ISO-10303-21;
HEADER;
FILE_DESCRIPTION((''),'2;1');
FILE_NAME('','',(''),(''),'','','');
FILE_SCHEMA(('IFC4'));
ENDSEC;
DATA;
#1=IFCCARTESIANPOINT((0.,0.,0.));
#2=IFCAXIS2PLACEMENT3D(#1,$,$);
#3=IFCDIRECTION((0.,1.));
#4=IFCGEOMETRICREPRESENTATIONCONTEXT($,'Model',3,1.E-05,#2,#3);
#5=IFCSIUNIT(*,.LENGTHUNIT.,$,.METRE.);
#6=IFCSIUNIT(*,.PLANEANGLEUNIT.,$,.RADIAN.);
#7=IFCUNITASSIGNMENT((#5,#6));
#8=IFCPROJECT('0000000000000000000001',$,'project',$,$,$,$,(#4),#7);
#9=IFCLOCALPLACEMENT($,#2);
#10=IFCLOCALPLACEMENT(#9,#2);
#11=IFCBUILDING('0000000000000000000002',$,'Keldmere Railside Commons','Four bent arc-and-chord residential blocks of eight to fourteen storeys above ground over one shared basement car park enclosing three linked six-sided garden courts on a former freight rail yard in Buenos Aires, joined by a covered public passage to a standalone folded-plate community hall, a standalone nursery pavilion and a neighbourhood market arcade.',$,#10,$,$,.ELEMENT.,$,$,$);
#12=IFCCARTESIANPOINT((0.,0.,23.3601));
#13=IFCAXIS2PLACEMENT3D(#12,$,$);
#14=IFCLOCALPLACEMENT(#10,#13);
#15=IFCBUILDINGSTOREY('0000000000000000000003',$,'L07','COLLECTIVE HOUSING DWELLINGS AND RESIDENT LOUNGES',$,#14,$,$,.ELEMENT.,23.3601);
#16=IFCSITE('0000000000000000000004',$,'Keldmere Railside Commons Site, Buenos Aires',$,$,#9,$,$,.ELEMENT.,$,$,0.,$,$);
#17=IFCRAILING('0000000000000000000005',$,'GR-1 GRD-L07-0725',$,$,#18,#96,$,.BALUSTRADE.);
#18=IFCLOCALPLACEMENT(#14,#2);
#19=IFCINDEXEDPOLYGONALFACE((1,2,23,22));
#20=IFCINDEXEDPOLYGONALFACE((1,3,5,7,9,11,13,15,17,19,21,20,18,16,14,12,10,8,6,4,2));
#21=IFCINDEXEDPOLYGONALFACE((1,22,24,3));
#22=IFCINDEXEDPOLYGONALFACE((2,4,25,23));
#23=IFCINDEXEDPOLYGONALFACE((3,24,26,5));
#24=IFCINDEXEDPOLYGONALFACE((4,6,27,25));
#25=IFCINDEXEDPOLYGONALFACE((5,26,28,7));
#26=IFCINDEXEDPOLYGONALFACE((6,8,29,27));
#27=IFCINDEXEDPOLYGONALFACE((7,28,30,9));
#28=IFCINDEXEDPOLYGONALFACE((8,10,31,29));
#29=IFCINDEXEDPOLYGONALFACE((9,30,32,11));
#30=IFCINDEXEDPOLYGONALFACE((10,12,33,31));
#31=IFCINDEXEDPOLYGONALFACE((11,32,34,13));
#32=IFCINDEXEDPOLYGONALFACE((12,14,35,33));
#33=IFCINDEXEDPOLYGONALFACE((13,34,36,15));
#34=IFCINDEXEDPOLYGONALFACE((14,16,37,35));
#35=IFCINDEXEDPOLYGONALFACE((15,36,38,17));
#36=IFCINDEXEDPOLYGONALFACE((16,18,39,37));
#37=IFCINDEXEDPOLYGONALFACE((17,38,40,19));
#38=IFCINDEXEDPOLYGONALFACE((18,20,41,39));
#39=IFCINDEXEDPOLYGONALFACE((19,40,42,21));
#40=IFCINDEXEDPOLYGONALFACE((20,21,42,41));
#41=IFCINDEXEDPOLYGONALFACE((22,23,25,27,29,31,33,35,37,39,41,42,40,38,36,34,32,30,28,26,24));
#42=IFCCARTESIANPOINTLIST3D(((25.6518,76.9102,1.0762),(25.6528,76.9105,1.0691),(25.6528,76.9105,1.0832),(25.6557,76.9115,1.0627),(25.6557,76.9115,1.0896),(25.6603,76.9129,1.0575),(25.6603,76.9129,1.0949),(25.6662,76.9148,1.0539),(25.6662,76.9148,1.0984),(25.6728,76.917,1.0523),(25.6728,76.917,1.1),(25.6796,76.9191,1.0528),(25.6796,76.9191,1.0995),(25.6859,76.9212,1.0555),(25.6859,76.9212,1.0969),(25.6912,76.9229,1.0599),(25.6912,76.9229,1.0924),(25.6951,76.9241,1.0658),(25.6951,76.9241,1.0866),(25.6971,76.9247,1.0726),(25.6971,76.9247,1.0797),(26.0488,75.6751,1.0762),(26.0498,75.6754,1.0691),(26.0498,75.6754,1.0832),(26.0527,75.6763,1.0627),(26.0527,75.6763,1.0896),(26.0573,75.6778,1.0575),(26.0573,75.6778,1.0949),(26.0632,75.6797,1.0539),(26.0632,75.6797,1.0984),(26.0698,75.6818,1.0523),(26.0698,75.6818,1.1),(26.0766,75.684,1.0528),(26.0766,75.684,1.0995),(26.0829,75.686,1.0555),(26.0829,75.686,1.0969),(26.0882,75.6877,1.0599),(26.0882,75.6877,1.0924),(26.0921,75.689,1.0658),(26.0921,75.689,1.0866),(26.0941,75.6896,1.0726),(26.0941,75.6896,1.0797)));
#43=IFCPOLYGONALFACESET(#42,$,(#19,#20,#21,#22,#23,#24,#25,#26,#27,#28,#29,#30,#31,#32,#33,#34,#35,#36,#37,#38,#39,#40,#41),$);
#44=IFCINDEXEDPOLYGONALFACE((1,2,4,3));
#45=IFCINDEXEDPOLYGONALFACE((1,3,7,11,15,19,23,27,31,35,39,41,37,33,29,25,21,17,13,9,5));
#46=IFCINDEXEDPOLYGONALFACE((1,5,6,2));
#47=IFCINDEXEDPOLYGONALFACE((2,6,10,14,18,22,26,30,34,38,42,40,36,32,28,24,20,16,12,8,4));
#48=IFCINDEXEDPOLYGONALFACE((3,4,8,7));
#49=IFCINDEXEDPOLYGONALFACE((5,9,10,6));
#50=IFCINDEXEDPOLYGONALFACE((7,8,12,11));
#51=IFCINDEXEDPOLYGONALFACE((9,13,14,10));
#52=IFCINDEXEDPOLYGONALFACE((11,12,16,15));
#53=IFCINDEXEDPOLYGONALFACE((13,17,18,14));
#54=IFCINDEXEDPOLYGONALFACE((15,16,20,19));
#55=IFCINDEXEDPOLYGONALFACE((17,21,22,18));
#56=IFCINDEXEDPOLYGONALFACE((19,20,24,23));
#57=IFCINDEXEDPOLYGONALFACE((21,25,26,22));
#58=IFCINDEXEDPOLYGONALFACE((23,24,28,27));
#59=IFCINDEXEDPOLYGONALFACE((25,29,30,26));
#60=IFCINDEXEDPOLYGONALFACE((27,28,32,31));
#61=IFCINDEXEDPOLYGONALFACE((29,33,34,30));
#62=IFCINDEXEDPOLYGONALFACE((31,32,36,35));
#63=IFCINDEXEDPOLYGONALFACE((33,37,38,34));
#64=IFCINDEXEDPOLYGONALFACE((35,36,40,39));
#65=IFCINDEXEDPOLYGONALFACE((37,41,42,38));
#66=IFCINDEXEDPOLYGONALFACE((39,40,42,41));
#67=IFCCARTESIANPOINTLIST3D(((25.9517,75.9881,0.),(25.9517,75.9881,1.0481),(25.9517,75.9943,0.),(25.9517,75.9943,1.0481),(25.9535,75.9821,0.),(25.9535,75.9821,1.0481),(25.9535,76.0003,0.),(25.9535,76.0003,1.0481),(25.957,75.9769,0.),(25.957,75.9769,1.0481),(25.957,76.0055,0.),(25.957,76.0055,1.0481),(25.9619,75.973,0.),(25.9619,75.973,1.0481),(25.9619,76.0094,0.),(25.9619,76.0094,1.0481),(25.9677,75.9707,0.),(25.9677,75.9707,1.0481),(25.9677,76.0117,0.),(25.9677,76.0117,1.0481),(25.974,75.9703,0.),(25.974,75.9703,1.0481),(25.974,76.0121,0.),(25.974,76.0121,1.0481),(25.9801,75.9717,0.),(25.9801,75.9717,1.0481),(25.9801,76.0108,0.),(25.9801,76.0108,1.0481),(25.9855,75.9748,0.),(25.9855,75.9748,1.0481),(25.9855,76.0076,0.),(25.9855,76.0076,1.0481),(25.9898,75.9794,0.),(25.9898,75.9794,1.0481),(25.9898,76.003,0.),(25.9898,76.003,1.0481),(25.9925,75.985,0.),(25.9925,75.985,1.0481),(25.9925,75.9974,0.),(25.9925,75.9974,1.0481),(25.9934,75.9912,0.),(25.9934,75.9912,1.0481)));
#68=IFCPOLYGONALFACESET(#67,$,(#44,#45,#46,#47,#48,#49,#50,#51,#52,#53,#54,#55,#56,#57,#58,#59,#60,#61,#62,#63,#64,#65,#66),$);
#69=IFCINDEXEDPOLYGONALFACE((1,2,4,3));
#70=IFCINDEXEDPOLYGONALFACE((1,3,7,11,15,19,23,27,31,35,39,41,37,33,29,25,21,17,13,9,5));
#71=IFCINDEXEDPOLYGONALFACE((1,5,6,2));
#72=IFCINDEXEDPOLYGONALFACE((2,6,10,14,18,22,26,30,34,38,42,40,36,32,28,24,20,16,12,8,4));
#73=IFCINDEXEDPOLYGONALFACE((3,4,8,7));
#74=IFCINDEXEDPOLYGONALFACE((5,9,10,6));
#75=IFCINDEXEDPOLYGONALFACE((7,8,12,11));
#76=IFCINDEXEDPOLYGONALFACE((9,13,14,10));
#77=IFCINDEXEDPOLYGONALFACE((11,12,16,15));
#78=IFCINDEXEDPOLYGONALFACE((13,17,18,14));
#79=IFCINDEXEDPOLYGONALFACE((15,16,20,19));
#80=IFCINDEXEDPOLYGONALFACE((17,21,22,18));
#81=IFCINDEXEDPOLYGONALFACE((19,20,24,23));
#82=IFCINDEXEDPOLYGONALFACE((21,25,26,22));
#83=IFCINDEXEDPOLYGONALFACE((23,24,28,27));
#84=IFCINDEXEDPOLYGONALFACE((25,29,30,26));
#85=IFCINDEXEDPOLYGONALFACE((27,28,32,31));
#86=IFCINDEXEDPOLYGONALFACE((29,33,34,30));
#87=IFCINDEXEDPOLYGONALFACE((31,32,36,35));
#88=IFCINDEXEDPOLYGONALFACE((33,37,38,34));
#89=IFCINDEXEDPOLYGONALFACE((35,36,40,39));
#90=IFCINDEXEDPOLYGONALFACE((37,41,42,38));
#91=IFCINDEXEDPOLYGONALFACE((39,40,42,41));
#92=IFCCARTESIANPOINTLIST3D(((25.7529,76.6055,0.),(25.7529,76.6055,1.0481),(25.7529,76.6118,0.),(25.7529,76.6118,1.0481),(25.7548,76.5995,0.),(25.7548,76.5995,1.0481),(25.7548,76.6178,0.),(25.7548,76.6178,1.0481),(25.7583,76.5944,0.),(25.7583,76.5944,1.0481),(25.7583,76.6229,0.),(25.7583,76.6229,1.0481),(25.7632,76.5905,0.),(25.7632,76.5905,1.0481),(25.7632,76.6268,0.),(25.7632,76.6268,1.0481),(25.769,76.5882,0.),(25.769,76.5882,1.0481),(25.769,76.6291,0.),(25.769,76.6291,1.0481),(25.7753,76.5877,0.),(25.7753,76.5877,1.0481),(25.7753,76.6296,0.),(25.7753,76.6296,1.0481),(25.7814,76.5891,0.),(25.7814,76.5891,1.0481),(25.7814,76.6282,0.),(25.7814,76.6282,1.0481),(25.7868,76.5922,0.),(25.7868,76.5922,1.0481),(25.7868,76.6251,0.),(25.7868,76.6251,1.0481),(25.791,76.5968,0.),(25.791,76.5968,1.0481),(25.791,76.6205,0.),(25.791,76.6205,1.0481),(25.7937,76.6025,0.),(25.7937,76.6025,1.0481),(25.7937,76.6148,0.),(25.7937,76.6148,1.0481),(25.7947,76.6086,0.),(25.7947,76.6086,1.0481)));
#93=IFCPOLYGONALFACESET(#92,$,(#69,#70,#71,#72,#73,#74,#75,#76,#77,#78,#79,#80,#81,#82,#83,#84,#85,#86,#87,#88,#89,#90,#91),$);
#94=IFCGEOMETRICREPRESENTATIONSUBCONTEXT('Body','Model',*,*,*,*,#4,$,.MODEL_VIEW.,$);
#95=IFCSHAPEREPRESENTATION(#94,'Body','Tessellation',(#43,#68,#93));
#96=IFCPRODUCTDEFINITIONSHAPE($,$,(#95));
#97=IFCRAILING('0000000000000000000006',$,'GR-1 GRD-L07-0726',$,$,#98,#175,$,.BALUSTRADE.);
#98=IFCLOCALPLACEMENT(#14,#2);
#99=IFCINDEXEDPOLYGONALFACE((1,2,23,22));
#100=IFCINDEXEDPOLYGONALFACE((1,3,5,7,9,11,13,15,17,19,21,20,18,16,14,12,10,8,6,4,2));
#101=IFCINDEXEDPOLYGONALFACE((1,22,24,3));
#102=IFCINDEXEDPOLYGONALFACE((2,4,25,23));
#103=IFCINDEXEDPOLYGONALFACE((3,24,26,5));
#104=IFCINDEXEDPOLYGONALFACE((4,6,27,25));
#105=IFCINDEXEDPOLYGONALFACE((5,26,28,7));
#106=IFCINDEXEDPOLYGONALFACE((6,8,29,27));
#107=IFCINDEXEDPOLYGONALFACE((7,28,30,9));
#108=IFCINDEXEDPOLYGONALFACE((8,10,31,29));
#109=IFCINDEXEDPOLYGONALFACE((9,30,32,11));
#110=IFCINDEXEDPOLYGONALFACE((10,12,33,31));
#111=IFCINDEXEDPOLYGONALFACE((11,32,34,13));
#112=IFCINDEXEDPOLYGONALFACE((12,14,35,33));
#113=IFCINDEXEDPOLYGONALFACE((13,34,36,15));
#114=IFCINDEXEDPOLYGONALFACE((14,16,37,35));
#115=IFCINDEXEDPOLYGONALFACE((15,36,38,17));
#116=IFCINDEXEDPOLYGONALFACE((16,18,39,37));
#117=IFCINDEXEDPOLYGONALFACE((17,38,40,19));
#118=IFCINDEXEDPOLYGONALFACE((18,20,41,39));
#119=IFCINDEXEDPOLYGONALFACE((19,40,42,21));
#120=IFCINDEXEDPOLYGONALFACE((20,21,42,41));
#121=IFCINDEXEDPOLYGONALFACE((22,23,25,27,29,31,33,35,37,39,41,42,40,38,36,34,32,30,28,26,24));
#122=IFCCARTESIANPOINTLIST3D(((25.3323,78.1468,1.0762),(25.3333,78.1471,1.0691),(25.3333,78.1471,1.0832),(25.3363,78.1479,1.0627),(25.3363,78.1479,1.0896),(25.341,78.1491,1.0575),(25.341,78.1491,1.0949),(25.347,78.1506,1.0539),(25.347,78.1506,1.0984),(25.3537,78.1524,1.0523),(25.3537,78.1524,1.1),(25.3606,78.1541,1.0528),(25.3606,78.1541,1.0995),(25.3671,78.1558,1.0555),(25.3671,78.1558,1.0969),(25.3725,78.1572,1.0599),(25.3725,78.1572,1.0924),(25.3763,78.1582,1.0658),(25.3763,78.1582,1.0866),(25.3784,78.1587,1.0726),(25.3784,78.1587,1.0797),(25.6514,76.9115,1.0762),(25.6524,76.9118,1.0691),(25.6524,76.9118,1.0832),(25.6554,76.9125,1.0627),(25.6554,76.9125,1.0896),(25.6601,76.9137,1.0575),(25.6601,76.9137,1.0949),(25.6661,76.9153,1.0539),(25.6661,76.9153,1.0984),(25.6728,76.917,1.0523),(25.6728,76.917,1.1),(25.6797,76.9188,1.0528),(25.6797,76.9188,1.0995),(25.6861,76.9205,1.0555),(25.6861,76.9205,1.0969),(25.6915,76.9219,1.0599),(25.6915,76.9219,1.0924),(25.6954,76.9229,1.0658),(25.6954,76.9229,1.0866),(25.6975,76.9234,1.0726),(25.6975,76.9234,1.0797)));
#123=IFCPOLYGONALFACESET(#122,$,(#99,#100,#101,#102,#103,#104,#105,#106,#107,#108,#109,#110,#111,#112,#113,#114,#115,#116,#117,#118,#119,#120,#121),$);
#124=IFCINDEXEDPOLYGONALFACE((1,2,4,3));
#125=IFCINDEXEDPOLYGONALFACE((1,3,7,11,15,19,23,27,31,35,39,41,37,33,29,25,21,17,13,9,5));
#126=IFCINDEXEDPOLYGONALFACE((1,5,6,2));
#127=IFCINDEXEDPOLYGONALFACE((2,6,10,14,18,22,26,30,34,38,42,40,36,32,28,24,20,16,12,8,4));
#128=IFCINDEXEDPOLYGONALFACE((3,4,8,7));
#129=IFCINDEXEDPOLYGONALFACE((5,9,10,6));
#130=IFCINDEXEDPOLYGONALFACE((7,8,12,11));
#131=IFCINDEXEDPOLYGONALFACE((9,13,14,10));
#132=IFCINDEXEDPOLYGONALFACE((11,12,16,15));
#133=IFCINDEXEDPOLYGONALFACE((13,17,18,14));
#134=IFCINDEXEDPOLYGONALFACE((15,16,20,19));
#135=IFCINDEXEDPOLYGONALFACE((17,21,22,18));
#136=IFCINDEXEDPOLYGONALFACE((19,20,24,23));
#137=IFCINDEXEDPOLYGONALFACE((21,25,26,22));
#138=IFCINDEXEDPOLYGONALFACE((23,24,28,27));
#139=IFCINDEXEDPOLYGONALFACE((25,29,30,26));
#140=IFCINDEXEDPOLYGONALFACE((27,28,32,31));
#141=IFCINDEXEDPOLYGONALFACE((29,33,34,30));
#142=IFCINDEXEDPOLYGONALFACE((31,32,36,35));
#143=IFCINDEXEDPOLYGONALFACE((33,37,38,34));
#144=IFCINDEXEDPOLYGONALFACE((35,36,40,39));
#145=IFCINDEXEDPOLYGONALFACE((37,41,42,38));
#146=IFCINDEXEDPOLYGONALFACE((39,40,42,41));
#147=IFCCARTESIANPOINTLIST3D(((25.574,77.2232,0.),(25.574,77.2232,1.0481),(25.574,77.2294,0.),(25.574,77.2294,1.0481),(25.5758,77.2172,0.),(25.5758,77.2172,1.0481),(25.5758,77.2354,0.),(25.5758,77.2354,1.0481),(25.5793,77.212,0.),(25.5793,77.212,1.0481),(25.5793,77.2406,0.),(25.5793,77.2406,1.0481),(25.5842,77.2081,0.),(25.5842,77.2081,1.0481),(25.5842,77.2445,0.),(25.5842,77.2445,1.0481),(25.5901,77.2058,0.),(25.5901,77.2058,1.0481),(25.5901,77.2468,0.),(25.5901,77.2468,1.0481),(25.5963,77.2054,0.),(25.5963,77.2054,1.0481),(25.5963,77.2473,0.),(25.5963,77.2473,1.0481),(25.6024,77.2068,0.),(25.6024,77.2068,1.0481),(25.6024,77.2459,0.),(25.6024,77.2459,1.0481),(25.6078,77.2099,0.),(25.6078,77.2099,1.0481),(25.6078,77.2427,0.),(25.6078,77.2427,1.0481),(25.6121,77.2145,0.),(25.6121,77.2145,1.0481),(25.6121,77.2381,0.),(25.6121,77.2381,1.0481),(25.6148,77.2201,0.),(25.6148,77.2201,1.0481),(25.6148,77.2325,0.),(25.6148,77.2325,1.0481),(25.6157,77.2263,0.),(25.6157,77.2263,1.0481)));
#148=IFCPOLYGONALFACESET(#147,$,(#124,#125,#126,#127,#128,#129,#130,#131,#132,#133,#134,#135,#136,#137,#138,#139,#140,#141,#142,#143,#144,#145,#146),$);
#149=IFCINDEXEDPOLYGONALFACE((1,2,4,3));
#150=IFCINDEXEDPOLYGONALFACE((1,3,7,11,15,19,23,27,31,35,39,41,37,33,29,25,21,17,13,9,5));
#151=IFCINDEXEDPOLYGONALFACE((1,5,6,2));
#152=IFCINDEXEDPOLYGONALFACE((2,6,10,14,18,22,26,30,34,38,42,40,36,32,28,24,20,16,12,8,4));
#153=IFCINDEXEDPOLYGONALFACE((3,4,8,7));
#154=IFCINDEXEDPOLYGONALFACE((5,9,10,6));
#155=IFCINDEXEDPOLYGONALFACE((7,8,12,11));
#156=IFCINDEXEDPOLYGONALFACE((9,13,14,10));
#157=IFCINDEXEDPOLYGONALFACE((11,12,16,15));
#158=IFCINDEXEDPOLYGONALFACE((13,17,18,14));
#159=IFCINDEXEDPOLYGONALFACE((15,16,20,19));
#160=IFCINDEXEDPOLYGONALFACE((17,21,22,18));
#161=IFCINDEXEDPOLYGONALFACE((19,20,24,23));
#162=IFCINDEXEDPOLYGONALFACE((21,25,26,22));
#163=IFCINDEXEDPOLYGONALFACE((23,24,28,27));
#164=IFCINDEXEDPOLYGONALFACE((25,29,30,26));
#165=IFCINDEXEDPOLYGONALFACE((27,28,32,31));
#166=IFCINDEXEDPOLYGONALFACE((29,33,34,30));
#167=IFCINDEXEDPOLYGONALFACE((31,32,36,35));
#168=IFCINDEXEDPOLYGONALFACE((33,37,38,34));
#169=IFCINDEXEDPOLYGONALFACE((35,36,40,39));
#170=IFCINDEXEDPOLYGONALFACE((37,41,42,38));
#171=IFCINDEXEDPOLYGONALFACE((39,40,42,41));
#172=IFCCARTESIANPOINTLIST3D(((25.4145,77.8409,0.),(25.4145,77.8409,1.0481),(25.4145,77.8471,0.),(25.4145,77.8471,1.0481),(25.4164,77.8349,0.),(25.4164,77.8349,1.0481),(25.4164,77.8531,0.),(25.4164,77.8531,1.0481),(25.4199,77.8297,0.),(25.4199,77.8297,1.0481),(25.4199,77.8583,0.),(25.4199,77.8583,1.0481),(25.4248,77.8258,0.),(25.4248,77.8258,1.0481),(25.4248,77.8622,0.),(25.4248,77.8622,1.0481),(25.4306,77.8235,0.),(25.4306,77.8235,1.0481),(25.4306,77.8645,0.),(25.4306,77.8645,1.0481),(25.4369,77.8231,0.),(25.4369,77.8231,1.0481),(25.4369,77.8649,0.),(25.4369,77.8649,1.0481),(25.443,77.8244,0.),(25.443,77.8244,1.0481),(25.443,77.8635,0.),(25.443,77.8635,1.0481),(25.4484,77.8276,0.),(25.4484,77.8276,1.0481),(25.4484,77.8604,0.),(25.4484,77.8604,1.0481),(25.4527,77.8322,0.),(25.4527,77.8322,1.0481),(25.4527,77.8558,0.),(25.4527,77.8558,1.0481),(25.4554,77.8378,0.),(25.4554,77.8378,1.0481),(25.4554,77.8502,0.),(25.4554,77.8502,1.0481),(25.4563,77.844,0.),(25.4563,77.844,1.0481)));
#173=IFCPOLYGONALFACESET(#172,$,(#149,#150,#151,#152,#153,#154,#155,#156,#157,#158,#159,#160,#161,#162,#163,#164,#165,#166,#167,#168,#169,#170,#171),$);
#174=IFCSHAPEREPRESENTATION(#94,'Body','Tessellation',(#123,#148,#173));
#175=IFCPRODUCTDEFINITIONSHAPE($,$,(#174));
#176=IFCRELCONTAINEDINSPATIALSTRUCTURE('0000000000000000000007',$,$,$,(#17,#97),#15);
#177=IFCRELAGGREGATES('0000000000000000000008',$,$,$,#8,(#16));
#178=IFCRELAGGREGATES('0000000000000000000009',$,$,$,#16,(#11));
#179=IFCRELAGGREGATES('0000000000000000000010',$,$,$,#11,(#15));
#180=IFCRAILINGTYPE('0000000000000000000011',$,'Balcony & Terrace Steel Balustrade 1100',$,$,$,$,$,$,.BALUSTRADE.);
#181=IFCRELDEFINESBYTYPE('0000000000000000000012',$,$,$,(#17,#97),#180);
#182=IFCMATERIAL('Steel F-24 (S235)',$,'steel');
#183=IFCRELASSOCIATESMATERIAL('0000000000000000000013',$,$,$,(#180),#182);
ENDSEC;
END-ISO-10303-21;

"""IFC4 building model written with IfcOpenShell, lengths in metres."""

from ifc_helpers import new_model, si_unit, direction, frame, origin, origin_2d, place, context, subcontext, project, spatial, circle, extrude, material, type_object, element, save


model = new_model("IFC4")

# Units and contexts
model_context = context("Model", 3, precision=1e-05, world=origin(), true_north=direction((0.0, 1.0)))
body_context = subcontext(model_context, "Body", "Model", "MODEL_VIEW")
ifc_project = project(units=[si_unit("LENGTHUNIT", "METRE"), si_unit("PLANEANGLEUNIT", "RADIAN")], contexts=[model_context])

# Site, building, storey
site_placement = place(None, origin())
site = spatial("IfcSite", under=ifc_project, at=site_placement, Name="Keldmere Railside Commons Site, Buenos Aires", CompositionType="ELEMENT", RefElevation=0.0)
building_placement = place(site_placement, origin())
building = spatial("IfcBuilding", under=site, at=building_placement, Name="Keldmere Railside Commons", Description="Four bent arc-and-chord residential blocks of eight to fourteen storeys above ground over one shared basement car park enclosing three linked six-sided garden courts on a former freight rail yard in Buenos Aires, joined by a covered public passage to a standalone folded-plate community hall, a standalone nursery pavilion and a neighbourhood market arcade.", CompositionType="ELEMENT")
storey_placement = place(building_placement, frame((0.0, 0.0, 23.3601)))
storey = spatial("IfcBuildingStorey", under=building, at=storey_placement, Name="L07", Description="COLLECTIVE HOUSING DWELLINGS AND RESIDENT LOUNGES", CompositionType="ELEMENT", Elevation=23.3601)

# Railings
ifc_material = material(Name="Steel F-24 (S235)", Category="steel")
railing_type = type_object("IfcRailingType", Name="Balcony & Terrace Steel Balustrade 1100", PredefinedType="BALUSTRADE", material=ifc_material)
railing_1_placement = place(storey_placement, frame((26.0715, 75.6824, 0.0)))
element("IfcRailing", 1, at=railing_1_placement, inside=storey, type_object=railing_type, Name="GR-1 GRD-L07-0725", PredefinedType="BALUSTRADE", context=body_context, shape_type="SweptSolid", body=[
    extrude(circle(Radius=0.0239, at=origin_2d()), frame((0.0, 0.0, 1.0762), z_axis=(-0.305991, 0.952034, 0.0), x_axis=(-0.952034, -0.305991, 0.0)), (0.0, 0.0, 1.0), 1.2974),
    extrude(circle(Radius=0.021, at=origin_2d()), frame((-0.0991, 0.3088, 0.0)), (0.0, 0.0, 1.0), 1.0481),
    extrude(circle(Radius=0.021, at=origin_2d()), frame((-0.2979, 0.9263, 0.0)), (0.0, 0.0, 1.0), 1.0481),
])
railing_2_placement = place(storey_placement, frame((25.6746, 76.9175, 0.0)))
element("IfcRailing", 2, at=railing_2_placement, inside=storey, type_object=railing_type, Name="GR-1 GRD-L07-0726", PredefinedType="BALUSTRADE", context=body_context, shape_type="SweptSolid", body=[
    extrude(circle(Radius=0.0239, at=origin_2d()), frame((0.0, 0.0, 1.0762), z_axis=(-0.250092, 0.968222, 0.0), x_axis=(-0.968222, -0.250092, 0.0)), (0.0, 0.0, 1.0), 1.2759),
    extrude(circle(Radius=0.021, at=origin_2d()), frame((-0.0798, 0.3088, 0.0)), (0.0, 0.0, 1.0), 1.0481),
    extrude(circle(Radius=0.021, at=origin_2d()), frame((-0.2393, 0.9265, 0.0)), (0.0, 0.0, 1.0), 1.0481),
])

save(model, "model.ifc")
